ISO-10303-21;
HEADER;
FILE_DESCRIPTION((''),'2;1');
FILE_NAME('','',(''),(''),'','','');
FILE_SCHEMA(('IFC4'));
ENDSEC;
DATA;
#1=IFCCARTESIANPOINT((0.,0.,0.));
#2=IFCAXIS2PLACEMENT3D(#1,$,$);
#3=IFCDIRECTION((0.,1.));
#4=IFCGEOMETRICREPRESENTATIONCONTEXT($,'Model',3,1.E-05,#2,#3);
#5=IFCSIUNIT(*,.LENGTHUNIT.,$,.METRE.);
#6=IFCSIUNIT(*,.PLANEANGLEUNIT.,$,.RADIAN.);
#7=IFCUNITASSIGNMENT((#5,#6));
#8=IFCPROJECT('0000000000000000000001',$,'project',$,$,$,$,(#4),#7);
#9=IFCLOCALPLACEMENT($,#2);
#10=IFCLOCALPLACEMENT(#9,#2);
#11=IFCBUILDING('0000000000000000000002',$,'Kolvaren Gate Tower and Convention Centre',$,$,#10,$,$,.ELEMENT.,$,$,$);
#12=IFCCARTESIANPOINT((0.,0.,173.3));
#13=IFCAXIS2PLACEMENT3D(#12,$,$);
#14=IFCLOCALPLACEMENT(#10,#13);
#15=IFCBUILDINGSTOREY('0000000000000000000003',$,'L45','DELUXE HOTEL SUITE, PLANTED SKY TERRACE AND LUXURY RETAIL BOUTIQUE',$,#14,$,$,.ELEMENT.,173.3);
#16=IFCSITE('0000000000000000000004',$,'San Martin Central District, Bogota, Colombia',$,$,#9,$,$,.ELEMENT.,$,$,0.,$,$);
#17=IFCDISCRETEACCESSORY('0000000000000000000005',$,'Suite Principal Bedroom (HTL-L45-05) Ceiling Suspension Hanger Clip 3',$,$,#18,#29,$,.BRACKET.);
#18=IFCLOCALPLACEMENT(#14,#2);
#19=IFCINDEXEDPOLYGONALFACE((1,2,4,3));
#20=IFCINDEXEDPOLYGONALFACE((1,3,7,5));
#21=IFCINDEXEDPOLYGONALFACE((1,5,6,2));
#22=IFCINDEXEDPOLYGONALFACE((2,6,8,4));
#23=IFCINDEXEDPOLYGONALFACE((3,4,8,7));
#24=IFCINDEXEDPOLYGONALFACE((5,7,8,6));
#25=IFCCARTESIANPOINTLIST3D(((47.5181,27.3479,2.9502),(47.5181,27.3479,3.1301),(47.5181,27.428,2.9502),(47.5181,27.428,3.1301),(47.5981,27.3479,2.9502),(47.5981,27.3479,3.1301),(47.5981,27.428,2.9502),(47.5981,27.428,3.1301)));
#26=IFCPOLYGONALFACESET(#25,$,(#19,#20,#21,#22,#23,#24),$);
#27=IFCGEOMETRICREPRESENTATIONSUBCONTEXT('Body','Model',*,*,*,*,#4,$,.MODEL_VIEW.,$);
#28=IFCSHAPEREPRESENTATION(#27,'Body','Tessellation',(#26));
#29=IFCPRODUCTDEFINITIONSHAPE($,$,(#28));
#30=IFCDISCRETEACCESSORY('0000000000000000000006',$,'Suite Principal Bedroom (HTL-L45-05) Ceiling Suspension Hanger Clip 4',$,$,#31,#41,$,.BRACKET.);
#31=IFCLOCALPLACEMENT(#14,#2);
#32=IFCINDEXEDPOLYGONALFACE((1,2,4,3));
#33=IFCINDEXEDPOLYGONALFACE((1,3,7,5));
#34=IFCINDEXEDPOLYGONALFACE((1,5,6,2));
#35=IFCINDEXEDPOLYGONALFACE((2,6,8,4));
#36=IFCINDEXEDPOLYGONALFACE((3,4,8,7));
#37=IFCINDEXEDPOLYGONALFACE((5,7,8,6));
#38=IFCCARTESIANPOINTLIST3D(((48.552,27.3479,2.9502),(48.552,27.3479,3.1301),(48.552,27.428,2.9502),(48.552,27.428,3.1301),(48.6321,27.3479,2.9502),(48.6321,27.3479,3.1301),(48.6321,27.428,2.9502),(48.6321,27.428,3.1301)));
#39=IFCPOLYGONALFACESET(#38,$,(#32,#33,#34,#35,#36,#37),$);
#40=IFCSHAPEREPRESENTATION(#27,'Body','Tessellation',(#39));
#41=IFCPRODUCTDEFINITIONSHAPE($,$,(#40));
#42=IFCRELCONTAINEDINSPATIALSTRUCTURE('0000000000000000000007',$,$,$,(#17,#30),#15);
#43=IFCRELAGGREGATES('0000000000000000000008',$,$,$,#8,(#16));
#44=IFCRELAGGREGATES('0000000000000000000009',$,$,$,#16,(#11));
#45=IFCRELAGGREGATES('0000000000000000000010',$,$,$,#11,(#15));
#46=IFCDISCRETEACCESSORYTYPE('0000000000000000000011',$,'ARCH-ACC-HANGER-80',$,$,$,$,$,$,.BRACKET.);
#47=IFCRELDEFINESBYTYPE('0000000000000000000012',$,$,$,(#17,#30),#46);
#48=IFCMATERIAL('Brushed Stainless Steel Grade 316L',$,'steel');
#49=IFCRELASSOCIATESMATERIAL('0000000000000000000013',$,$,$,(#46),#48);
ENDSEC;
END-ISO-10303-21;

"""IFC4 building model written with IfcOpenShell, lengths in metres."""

from ifc_helpers import new_model, si_unit, direction, frame, origin, origin_2d, place, context, subcontext, project, spatial, rectangle, extrude, material, type_object, element, save


model = new_model("IFC4")

# Units and contexts
model_context = context("Model", 3, precision=1e-05, world=origin(), true_north=direction((0.0, 1.0)))
body_context = subcontext(model_context, "Body", "Model", "MODEL_VIEW")
ifc_project = project(units=[si_unit("LENGTHUNIT", "METRE"), si_unit("PLANEANGLEUNIT", "RADIAN")], contexts=[model_context])

# Site, building, storey
site_placement = place(None, origin())
site = spatial("IfcSite", under=ifc_project, at=site_placement, Name="San Martin Central District, Bogota, Colombia", CompositionType="ELEMENT", RefElevation=0.0)
building_placement = place(site_placement, origin())
building = spatial("IfcBuilding", under=site, at=building_placement, Name="Kolvaren Gate Tower and Convention Centre", CompositionType="ELEMENT")
storey_placement = place(building_placement, frame((0.0, 0.0, 173.3)))
storey = spatial("IfcBuildingStorey", under=building, at=storey_placement, Name="L45", Description="DELUXE HOTEL SUITE, PLANTED SKY TERRACE AND LUXURY RETAIL BOUTIQUE", CompositionType="ELEMENT", Elevation=173.3)

# Discrete accessories
ifc_material_1 = material(Name="Brushed Stainless Steel Grade 316L", Category="steel")
discrete_accessory_type = type_object("IfcDiscreteAccessoryType", Name="ARCH-ACC-HANGER-80", PredefinedType="BRACKET", material=ifc_material_1)
for number, where, z_axis, x_axis, name in (
    (1, (47.5581, 27.3879, 2.9502), (0.0, 0.0, 1.0), (1.0, 0.0, 0.0), "Suite Principal Bedroom (HTL-L45-05) Ceiling Suspension Hanger Clip 3"),
    (2, (48.592, 27.3879, 2.9502), (0.0, 0.0, 1.0), (1.0, 0.0, 0.0), "Suite Principal Bedroom (HTL-L45-05) Ceiling Suspension Hanger Clip 4"),
):
    element("IfcDiscreteAccessory", number, at=place(storey_placement, frame(where, z_axis=z_axis, x_axis=x_axis)), inside=storey, type_object=discrete_accessory_type, Name=name, PredefinedType="BRACKET", context=body_context, shape_type="SweptSolid", body=[
        extrude(rectangle(XDim=0.0801, YDim=0.0801, at=origin_2d()), origin(), (0.0, 0.0, 1.0), 0.1799),
    ])

save(model, "model.ifc")
